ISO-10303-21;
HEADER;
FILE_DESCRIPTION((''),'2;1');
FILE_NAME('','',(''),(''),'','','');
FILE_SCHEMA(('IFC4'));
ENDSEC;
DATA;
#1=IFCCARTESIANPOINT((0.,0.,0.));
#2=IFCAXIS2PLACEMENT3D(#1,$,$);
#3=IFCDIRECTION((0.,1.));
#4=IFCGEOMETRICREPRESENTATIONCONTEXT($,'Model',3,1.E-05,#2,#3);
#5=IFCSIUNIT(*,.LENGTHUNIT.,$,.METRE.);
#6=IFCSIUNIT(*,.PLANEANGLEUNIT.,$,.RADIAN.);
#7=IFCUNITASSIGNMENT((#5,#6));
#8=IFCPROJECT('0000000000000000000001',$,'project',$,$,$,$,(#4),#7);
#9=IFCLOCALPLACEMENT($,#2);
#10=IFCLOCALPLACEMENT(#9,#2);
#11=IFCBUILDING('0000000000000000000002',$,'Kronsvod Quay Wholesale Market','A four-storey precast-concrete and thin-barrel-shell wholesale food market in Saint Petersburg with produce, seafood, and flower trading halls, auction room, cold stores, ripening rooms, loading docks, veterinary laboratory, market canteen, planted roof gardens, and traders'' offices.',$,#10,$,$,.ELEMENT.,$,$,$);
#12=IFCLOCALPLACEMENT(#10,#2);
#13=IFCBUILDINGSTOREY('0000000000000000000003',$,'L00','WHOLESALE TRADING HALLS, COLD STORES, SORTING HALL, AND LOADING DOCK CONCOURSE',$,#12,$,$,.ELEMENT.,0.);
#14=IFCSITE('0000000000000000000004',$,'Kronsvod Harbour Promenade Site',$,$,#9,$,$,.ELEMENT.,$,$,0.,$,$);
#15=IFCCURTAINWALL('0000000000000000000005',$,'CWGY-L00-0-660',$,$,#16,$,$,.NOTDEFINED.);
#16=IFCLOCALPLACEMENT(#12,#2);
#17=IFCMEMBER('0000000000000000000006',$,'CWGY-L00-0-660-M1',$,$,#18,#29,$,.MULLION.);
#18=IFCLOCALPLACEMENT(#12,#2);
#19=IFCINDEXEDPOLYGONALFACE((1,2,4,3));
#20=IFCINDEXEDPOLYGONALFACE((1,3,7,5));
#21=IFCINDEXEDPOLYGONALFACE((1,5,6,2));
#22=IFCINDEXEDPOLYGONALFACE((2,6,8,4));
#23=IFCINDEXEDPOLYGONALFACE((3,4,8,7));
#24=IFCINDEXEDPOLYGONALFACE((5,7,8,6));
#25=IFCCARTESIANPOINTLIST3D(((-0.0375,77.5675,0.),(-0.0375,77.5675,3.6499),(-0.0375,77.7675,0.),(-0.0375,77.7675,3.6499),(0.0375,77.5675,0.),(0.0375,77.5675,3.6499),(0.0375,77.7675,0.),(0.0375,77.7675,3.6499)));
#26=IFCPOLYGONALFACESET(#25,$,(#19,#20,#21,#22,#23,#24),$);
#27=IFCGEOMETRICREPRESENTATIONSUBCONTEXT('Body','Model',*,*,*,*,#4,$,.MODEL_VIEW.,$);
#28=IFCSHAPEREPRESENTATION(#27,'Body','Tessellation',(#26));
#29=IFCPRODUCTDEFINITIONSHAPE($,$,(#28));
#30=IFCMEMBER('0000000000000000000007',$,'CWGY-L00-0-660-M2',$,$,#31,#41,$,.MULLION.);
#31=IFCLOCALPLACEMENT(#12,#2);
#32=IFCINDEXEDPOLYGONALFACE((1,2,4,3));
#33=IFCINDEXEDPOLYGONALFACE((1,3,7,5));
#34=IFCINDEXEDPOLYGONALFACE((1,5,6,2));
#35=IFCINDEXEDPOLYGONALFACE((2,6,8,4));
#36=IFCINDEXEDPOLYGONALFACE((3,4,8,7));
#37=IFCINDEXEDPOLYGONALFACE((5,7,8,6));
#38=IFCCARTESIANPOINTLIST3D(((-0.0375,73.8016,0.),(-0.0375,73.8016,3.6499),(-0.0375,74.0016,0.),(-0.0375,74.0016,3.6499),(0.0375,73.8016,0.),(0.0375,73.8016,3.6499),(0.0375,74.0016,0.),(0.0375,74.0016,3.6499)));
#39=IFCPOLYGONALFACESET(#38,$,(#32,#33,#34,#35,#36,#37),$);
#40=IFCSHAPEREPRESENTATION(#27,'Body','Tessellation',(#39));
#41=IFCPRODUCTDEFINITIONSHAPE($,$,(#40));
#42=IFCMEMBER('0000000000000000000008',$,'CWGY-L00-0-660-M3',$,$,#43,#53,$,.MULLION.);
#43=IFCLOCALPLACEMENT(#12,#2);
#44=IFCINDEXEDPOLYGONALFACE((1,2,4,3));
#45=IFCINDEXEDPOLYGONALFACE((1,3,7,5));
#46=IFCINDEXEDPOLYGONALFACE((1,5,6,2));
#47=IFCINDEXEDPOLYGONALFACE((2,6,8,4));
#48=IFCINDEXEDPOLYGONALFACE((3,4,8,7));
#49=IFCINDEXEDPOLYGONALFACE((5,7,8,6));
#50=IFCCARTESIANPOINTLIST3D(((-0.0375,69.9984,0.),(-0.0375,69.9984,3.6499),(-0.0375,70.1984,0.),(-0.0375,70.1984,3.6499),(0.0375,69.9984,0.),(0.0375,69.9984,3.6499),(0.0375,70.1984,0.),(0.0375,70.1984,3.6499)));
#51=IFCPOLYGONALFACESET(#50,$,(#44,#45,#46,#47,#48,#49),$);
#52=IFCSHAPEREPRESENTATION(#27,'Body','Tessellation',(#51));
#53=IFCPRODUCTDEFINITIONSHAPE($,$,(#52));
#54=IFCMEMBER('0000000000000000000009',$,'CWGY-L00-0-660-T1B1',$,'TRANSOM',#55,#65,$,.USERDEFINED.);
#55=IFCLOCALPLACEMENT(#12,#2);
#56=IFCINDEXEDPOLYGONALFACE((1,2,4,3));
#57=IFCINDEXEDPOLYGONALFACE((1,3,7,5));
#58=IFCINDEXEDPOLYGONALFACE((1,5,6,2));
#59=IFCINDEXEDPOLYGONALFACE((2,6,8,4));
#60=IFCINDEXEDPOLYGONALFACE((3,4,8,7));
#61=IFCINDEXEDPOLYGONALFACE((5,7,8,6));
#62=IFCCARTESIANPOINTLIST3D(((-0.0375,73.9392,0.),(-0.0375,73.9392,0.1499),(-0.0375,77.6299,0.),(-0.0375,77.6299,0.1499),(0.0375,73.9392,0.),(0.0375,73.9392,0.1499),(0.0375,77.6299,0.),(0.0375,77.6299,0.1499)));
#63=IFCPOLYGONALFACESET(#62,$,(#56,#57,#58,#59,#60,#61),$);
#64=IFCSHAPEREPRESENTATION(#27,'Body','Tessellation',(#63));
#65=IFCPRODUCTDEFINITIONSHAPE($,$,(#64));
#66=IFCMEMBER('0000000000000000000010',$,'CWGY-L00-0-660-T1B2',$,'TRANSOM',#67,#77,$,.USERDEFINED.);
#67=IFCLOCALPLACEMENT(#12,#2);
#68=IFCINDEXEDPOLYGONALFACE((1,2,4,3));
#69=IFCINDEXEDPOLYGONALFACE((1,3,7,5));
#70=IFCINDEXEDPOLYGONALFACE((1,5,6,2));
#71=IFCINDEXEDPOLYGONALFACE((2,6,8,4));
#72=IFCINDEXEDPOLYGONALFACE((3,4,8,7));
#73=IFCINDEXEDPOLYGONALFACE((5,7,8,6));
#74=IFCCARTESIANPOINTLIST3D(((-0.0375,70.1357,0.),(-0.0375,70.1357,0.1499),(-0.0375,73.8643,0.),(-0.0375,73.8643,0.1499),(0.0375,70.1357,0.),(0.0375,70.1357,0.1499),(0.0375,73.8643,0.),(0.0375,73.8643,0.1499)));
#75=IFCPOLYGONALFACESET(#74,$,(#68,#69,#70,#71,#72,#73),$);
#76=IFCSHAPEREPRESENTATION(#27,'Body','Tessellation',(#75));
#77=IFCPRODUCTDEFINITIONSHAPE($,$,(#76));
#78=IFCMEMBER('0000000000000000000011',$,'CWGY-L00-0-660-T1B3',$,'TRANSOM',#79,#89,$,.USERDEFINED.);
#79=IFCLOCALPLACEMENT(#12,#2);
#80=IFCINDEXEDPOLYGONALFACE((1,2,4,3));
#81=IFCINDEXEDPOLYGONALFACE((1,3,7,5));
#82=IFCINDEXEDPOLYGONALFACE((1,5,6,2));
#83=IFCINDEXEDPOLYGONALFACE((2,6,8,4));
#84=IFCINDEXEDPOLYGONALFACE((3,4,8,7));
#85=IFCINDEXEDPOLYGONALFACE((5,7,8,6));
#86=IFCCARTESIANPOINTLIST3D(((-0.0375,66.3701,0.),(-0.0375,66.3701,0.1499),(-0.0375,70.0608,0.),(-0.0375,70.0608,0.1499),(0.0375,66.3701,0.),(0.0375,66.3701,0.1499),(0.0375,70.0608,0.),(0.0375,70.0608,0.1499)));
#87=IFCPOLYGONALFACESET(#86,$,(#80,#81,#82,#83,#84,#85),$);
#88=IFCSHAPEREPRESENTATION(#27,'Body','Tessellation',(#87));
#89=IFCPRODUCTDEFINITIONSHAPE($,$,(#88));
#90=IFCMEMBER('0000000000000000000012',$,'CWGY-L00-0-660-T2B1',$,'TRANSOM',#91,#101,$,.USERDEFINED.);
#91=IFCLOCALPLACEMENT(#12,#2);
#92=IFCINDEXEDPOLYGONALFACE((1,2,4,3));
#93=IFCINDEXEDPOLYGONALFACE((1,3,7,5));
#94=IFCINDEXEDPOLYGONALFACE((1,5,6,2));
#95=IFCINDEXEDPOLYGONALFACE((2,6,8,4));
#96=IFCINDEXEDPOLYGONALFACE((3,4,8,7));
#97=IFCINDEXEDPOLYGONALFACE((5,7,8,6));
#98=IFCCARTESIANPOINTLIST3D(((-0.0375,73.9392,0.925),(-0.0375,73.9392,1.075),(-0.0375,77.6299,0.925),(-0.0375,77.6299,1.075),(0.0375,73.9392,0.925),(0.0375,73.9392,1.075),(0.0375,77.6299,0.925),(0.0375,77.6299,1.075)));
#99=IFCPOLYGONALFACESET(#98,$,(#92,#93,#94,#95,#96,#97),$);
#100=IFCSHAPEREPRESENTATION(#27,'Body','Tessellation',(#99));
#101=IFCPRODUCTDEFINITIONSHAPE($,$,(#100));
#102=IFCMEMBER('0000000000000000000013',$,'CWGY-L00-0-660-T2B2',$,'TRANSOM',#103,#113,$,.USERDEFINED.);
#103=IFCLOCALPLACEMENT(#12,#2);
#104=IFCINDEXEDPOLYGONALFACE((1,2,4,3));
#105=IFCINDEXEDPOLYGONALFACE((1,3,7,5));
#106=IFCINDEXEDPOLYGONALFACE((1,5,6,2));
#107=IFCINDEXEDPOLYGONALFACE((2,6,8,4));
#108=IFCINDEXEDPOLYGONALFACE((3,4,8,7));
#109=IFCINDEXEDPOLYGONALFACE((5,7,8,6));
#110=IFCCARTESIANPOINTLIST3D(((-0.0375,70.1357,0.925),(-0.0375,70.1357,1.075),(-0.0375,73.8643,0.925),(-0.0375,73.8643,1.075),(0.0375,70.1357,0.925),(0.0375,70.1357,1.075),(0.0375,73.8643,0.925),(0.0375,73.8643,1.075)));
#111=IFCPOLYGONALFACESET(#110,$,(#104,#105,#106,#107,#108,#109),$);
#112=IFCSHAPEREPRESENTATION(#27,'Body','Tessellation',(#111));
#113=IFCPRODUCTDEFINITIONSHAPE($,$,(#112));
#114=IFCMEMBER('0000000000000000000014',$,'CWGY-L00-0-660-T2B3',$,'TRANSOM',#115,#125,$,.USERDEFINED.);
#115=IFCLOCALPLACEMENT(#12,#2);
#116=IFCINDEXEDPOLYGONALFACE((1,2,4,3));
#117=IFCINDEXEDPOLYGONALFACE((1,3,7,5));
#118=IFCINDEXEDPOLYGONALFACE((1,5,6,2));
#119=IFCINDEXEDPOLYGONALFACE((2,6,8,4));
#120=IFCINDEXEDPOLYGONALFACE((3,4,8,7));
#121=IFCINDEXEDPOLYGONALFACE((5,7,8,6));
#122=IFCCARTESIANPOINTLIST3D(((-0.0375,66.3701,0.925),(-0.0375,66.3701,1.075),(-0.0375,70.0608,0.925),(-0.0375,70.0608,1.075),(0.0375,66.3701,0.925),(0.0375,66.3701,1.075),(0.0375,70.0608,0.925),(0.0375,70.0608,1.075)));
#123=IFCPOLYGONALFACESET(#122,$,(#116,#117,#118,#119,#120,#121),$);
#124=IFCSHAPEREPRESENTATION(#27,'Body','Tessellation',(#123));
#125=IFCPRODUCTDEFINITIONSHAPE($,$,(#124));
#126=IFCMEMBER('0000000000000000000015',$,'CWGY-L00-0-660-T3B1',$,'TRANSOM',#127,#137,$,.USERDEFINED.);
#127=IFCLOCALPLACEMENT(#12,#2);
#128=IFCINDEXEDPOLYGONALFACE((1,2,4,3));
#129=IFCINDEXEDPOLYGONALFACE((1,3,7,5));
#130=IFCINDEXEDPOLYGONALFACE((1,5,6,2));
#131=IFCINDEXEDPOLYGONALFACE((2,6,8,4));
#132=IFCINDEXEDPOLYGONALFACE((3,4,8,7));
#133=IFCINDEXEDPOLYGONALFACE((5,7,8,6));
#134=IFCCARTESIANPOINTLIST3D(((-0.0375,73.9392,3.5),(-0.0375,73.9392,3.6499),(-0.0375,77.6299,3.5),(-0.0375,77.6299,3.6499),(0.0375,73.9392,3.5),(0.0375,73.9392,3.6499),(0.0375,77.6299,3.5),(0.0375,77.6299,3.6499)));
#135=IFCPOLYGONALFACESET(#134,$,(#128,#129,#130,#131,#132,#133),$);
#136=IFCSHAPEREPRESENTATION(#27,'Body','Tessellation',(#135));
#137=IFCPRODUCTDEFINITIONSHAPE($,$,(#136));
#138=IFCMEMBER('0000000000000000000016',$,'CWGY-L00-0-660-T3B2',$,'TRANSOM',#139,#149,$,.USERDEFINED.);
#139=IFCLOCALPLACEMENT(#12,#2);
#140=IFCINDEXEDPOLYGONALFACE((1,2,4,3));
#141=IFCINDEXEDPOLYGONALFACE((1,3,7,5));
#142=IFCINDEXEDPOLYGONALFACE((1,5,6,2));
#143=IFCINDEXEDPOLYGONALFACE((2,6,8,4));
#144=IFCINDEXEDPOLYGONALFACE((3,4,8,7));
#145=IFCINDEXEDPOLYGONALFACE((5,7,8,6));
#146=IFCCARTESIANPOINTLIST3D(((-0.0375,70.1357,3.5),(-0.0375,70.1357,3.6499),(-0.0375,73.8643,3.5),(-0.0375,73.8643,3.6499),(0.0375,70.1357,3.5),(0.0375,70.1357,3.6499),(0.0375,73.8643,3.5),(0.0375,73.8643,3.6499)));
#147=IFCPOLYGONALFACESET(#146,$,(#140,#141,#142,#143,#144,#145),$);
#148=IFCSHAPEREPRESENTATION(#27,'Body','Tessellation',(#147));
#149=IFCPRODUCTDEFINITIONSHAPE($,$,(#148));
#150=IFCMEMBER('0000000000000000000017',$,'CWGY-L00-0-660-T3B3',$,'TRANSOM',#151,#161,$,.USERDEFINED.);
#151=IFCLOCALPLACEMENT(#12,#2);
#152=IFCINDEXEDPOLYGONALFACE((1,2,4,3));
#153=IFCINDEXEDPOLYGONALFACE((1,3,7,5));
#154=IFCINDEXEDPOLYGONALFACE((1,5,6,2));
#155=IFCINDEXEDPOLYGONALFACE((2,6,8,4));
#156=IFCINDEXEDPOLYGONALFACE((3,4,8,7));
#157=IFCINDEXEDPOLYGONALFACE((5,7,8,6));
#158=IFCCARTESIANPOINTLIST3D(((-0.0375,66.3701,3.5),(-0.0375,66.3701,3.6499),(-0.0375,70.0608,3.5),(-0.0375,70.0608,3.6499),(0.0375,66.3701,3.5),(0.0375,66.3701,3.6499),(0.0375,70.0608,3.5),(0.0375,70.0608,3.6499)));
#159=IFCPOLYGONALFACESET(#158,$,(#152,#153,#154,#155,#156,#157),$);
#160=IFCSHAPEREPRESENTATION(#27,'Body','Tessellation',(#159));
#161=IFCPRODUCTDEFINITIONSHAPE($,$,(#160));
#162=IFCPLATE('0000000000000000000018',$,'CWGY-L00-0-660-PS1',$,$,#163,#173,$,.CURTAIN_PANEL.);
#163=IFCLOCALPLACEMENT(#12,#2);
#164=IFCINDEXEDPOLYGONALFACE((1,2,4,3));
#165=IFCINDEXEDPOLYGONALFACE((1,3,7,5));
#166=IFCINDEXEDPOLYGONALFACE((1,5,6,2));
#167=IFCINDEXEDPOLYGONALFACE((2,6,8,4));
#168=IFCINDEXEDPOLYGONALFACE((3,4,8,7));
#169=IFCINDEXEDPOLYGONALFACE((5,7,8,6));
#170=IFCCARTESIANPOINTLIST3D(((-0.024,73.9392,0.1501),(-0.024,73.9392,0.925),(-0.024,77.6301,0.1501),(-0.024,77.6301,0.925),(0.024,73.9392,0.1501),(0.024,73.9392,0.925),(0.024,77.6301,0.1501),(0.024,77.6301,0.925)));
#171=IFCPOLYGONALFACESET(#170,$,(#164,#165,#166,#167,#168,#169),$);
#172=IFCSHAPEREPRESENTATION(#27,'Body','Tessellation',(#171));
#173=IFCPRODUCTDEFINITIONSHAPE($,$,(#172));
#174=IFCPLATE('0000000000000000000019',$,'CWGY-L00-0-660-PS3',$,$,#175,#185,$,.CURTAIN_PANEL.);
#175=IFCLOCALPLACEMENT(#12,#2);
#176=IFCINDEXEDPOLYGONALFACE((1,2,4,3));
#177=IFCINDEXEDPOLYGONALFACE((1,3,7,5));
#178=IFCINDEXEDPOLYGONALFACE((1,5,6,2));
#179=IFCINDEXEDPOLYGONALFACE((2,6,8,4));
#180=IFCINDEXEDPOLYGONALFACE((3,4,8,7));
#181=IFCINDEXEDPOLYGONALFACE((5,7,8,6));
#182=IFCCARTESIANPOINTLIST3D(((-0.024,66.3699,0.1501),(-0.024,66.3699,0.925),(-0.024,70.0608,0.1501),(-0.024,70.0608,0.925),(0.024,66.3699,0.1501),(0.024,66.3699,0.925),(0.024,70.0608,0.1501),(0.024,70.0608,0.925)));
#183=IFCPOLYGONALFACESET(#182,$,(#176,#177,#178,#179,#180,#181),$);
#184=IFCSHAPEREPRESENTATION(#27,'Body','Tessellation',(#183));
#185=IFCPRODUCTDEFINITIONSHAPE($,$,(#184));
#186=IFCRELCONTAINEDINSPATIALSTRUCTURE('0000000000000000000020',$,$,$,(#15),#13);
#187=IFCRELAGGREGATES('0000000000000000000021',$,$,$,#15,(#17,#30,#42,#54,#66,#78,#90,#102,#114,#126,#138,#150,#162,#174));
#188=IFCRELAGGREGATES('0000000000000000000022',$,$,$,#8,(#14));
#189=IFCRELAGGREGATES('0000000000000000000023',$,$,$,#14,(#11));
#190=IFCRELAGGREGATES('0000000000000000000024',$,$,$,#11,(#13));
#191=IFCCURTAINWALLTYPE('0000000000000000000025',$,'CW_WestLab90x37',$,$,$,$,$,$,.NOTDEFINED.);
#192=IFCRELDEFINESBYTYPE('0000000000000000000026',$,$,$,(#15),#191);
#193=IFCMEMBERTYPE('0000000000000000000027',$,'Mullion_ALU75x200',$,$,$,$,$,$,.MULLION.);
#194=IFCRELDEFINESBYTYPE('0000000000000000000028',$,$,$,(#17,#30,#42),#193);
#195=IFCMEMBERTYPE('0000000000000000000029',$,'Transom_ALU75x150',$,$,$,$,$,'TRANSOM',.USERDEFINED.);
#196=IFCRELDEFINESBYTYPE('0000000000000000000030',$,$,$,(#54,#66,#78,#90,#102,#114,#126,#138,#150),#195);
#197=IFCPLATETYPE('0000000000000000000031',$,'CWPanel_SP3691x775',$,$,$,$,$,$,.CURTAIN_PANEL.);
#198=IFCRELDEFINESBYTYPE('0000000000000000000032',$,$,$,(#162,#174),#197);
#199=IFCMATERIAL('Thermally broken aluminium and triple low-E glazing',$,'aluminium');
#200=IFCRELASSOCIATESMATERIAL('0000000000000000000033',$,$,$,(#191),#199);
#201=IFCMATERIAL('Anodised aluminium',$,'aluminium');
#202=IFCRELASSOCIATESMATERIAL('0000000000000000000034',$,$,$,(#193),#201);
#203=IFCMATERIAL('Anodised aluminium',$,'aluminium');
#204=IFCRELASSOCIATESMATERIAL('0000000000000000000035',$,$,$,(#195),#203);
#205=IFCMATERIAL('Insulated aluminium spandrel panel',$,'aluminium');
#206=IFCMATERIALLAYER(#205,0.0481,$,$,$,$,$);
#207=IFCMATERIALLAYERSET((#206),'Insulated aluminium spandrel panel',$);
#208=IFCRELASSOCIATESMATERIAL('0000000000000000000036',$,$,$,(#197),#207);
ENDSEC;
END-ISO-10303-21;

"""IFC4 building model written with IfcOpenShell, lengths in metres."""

from ifc_helpers import new_model, si_unit, direction, frame, origin, origin_2d, place, context, subcontext, project, spatial, rectangle, extrude, material, layer, layer_set, material_profile, profile_set, type_object, element, aggregate, save


model = new_model("IFC4")

# Units and contexts
model_context = context("Model", 3, precision=1e-05, world=origin(), true_north=direction((0.0, 1.0)))
body_context = subcontext(model_context, "Body", "Model", "MODEL_VIEW")
ifc_project = project(units=[si_unit("LENGTHUNIT", "METRE"), si_unit("PLANEANGLEUNIT", "RADIAN")], contexts=[model_context])

# Site, building, storey
site_placement = place(None, origin())
site = spatial("IfcSite", under=ifc_project, at=site_placement, Name="Kronsvod Harbour Promenade Site", CompositionType="ELEMENT", RefElevation=0.0)
building_placement = place(site_placement, origin())
building = spatial("IfcBuilding", under=site, at=building_placement, Name="Kronsvod Quay Wholesale Market", Description="A four-storey precast-concrete and thin-barrel-shell wholesale food market in Saint Petersburg with produce, seafood, and flower trading halls, auction room, cold stores, ripening rooms, loading docks, veterinary laboratory, market canteen, planted roof gardens, and traders' offices.", CompositionType="ELEMENT")
storey_placement = place(building_placement, origin())
storey = spatial("IfcBuildingStorey", under=building, at=storey_placement, Name="L00", Description="WHOLESALE TRADING HALLS, COLD STORES, SORTING HALL, AND LOADING DOCK CONCOURSE", CompositionType="ELEMENT", Elevation=0.0)

# Curtain wall, members, plates
ifc_material_1 = material(Name="Thermally broken aluminium and triple low-E glazing", Category="aluminium")
curtain_wall_type = type_object("IfcCurtainWallType", Name="CW_WestLab90x37", PredefinedType="NOTDEFINED", material=ifc_material_1)
curtain_wall_placement = place(storey_placement, origin())
curtain_wall = element("IfcCurtainWall", 1, at=curtain_wall_placement, inside=storey, type_object=curtain_wall_type, Name="CWGY-L00-0-660", PredefinedType="NOTDEFINED")
ifc_material_2 = material(Name="Anodised aluminium", Category="aluminium")
ifc_material_profile_1 = material_profile(ifc_material_2, rectangle(XDim=0.075, YDim=0.2, at=origin_2d()), Name="ALUM75x200")
ifc_profile_set_1 = profile_set([ifc_material_profile_1], Name="Anodised aluminium")
member_type_1 = type_object("IfcMemberType", Name="Mullion_ALU75x200", PredefinedType="MULLION", material=ifc_profile_set_1)
member_1_placement = place(storey_placement, frame((0.0, 77.6675, 0.0), z_axis=(0.0, 0.0, 1.0), x_axis=(1.0, 0.0, 0.0)))
member_1 = element("IfcMember", 2, at=member_1_placement, type_object=member_type_1, Name="CWGY-L00-0-660-M1", PredefinedType="MULLION", context=body_context, shape_type="SweptSolid", body=[
    extrude(rectangle(XDim=0.075, YDim=0.2, at=origin_2d()), origin(), (0.0, 0.0, 1.0), 3.6499),
])
member_2_placement = place(storey_placement, frame((0.0, 73.9016, 0.0), z_axis=(0.0, 0.0, 1.0), x_axis=(1.0, 0.0, 0.0)))
member_2 = element("IfcMember", 3, at=member_2_placement, type_object=member_type_1, Name="CWGY-L00-0-660-M2", PredefinedType="MULLION", context=body_context, shape_type="SweptSolid", body=[
    extrude(rectangle(XDim=0.075, YDim=0.2, at=origin_2d()), origin(), (0.0, 0.0, 1.0), 3.6499),
])
member_3_placement = place(storey_placement, frame((0.0, 70.0984, 0.0), z_axis=(0.0, 0.0, 1.0), x_axis=(1.0, 0.0, 0.0)))
member_3 = element("IfcMember", 4, at=member_3_placement, type_object=member_type_1, Name="CWGY-L00-0-660-M3", PredefinedType="MULLION", context=body_context, shape_type="SweptSolid", body=[
    extrude(rectangle(XDim=0.075, YDim=0.2, at=origin_2d()), origin(), (0.0, 0.0, 1.0), 3.6499),
])
ifc_material_3 = material(Name="Anodised aluminium", Category="aluminium")
ifc_material_profile_2 = material_profile(ifc_material_3, rectangle(XDim=0.075, YDim=0.1499, at=origin_2d()), Name="ALUT75x150")
ifc_profile_set_2 = profile_set([ifc_material_profile_2], Name="Anodised aluminium")
member_type_2 = type_object("IfcMemberType", Name="Transom_ALU75x150", ElementType="TRANSOM", PredefinedType="USERDEFINED", material=ifc_profile_set_2)
member_4_placement = place(storey_placement, frame((0.0, 77.6299, 0.075), z_axis=(0.0, -1.0, 0.0), x_axis=(1.0, 0.0, 0.0)))
member_4 = element("IfcMember", 5, at=member_4_placement, type_object=member_type_2, Name="CWGY-L00-0-660-T1B1", ObjectType="TRANSOM", PredefinedType="USERDEFINED", context=body_context, shape_type="SweptSolid", body=[
    extrude(rectangle(XDim=0.075, YDim=0.1499, at=origin_2d()), origin(), (0.0, 0.0, 1.0), 3.6907),
])
member_5_placement = place(storey_placement, frame((0.0, 73.8643, 0.075), z_axis=(0.0, -1.0, 0.0), x_axis=(1.0, 0.0, 0.0)))
member_5 = element("IfcMember", 6, at=member_5_placement, type_object=member_type_2, Name="CWGY-L00-0-660-T1B2", ObjectType="TRANSOM", PredefinedType="USERDEFINED", context=body_context, shape_type="SweptSolid", body=[
    extrude(rectangle(XDim=0.075, YDim=0.1499, at=origin_2d()), origin(), (0.0, 0.0, 1.0), 3.7285),
])
member_6_placement = place(storey_placement, frame((0.0, 70.0608, 0.075), z_axis=(0.0, -1.0, 0.0), x_axis=(1.0, 0.0, 0.0)))
member_6 = element("IfcMember", 7, at=member_6_placement, type_object=member_type_2, Name="CWGY-L00-0-660-T1B3", ObjectType="TRANSOM", PredefinedType="USERDEFINED", context=body_context, shape_type="SweptSolid", body=[
    extrude(rectangle(XDim=0.075, YDim=0.1499, at=origin_2d()), origin(), (0.0, 0.0, 1.0), 3.6907),
])
member_7_placement = place(storey_placement, frame((0.0, 77.6299, 1.0), z_axis=(0.0, -1.0, 0.0), x_axis=(1.0, 0.0, 0.0)))
member_7 = element("IfcMember", 8, at=member_7_placement, type_object=member_type_2, Name="CWGY-L00-0-660-T2B1", ObjectType="TRANSOM", PredefinedType="USERDEFINED", context=body_context, shape_type="SweptSolid", body=[
    extrude(rectangle(XDim=0.075, YDim=0.1499, at=origin_2d()), origin(), (0.0, 0.0, 1.0), 3.6907),
])
member_8_placement = place(storey_placement, frame((0.0, 73.8643, 1.0), z_axis=(0.0, -1.0, 0.0), x_axis=(1.0, 0.0, 0.0)))
member_8 = element("IfcMember", 9, at=member_8_placement, type_object=member_type_2, Name="CWGY-L00-0-660-T2B2", ObjectType="TRANSOM", PredefinedType="USERDEFINED", context=body_context, shape_type="SweptSolid", body=[
    extrude(rectangle(XDim=0.075, YDim=0.1499, at=origin_2d()), origin(), (0.0, 0.0, 1.0), 3.7285),
])
member_9_placement = place(storey_placement, frame((0.0, 70.0608, 1.0), z_axis=(0.0, -1.0, 0.0), x_axis=(1.0, 0.0, 0.0)))
member_9 = element("IfcMember", 10, at=member_9_placement, type_object=member_type_2, Name="CWGY-L00-0-660-T2B3", ObjectType="TRANSOM", PredefinedType="USERDEFINED", context=body_context, shape_type="SweptSolid", body=[
    extrude(rectangle(XDim=0.075, YDim=0.1499, at=origin_2d()), origin(), (0.0, 0.0, 1.0), 3.6907),
])
member_10_placement = place(storey_placement, frame((0.0, 77.6299, 3.575), z_axis=(0.0, -1.0, 0.0), x_axis=(1.0, 0.0, 0.0)))
member_10 = element("IfcMember", 11, at=member_10_placement, type_object=member_type_2, Name="CWGY-L00-0-660-T3B1", ObjectType="TRANSOM", PredefinedType="USERDEFINED", context=body_context, shape_type="SweptSolid", body=[
    extrude(rectangle(XDim=0.075, YDim=0.1499, at=origin_2d()), origin(), (0.0, 0.0, 1.0), 3.6907),
])
member_11_placement = place(storey_placement, frame((0.0, 73.8643, 3.575), z_axis=(0.0, -1.0, 0.0), x_axis=(1.0, 0.0, 0.0)))
member_11 = element("IfcMember", 12, at=member_11_placement, type_object=member_type_2, Name="CWGY-L00-0-660-T3B2", ObjectType="TRANSOM", PredefinedType="USERDEFINED", context=body_context, shape_type="SweptSolid", body=[
    extrude(rectangle(XDim=0.075, YDim=0.1499, at=origin_2d()), origin(), (0.0, 0.0, 1.0), 3.7285),
])
member_12_placement = place(storey_placement, frame((0.0, 70.0608, 3.575), z_axis=(0.0, -1.0, 0.0), x_axis=(1.0, 0.0, 0.0)))
member_12 = element("IfcMember", 13, at=member_12_placement, type_object=member_type_2, Name="CWGY-L00-0-660-T3B3", ObjectType="TRANSOM", PredefinedType="USERDEFINED", context=body_context, shape_type="SweptSolid", body=[
    extrude(rectangle(XDim=0.075, YDim=0.1499, at=origin_2d()), origin(), (0.0, 0.0, 1.0), 3.6907),
])
ifc_material_4 = material(Name="Insulated aluminium spandrel panel", Category="aluminium")
ifc_layer_1 = layer(ifc_material_4, 0.0481)
ifc_layer_set_1 = layer_set([ifc_layer_1], Name="Insulated aluminium spandrel panel")
plate_type_1 = type_object("IfcPlateType", Name="CWPanel_SP3691x775", PredefinedType="CURTAIN_PANEL", material=ifc_layer_set_1)
plate_1_placement = place(storey_placement, frame((0.0, 75.7847, 0.1501), z_axis=(0.0, 0.0, 1.0), x_axis=(0.0, -1.0, 0.0)))
plate_1 = element("IfcPlate", 14, at=plate_1_placement, type_object=plate_type_1, Name="CWGY-L00-0-660-PS1", PredefinedType="CURTAIN_PANEL", context=body_context, shape_type="SweptSolid", body=[
    extrude(rectangle(XDim=3.6909, YDim=0.0481, at=origin_2d()), origin(), (0.0, 0.0, 1.0), 0.7749),
])
plate_2_placement = place(storey_placement, frame((0.0, 68.2153, 0.1501), z_axis=(0.0, 0.0, 1.0), x_axis=(0.0, -1.0, 0.0)))
plate_2 = element("IfcPlate", 15, at=plate_2_placement, type_object=plate_type_1, Name="CWGY-L00-0-660-PS3", PredefinedType="CURTAIN_PANEL", context=body_context, shape_type="SweptSolid", body=[
    extrude(rectangle(XDim=3.6909, YDim=0.0481, at=origin_2d()), origin(), (0.0, 0.0, 1.0), 0.7749),
])
aggregate(curtain_wall, [member_1, member_2, member_3, member_4, member_5, member_6, member_7, member_8, member_9, member_10, member_11, member_12, plate_1, plate_2])

save(model, "model.ifc")
